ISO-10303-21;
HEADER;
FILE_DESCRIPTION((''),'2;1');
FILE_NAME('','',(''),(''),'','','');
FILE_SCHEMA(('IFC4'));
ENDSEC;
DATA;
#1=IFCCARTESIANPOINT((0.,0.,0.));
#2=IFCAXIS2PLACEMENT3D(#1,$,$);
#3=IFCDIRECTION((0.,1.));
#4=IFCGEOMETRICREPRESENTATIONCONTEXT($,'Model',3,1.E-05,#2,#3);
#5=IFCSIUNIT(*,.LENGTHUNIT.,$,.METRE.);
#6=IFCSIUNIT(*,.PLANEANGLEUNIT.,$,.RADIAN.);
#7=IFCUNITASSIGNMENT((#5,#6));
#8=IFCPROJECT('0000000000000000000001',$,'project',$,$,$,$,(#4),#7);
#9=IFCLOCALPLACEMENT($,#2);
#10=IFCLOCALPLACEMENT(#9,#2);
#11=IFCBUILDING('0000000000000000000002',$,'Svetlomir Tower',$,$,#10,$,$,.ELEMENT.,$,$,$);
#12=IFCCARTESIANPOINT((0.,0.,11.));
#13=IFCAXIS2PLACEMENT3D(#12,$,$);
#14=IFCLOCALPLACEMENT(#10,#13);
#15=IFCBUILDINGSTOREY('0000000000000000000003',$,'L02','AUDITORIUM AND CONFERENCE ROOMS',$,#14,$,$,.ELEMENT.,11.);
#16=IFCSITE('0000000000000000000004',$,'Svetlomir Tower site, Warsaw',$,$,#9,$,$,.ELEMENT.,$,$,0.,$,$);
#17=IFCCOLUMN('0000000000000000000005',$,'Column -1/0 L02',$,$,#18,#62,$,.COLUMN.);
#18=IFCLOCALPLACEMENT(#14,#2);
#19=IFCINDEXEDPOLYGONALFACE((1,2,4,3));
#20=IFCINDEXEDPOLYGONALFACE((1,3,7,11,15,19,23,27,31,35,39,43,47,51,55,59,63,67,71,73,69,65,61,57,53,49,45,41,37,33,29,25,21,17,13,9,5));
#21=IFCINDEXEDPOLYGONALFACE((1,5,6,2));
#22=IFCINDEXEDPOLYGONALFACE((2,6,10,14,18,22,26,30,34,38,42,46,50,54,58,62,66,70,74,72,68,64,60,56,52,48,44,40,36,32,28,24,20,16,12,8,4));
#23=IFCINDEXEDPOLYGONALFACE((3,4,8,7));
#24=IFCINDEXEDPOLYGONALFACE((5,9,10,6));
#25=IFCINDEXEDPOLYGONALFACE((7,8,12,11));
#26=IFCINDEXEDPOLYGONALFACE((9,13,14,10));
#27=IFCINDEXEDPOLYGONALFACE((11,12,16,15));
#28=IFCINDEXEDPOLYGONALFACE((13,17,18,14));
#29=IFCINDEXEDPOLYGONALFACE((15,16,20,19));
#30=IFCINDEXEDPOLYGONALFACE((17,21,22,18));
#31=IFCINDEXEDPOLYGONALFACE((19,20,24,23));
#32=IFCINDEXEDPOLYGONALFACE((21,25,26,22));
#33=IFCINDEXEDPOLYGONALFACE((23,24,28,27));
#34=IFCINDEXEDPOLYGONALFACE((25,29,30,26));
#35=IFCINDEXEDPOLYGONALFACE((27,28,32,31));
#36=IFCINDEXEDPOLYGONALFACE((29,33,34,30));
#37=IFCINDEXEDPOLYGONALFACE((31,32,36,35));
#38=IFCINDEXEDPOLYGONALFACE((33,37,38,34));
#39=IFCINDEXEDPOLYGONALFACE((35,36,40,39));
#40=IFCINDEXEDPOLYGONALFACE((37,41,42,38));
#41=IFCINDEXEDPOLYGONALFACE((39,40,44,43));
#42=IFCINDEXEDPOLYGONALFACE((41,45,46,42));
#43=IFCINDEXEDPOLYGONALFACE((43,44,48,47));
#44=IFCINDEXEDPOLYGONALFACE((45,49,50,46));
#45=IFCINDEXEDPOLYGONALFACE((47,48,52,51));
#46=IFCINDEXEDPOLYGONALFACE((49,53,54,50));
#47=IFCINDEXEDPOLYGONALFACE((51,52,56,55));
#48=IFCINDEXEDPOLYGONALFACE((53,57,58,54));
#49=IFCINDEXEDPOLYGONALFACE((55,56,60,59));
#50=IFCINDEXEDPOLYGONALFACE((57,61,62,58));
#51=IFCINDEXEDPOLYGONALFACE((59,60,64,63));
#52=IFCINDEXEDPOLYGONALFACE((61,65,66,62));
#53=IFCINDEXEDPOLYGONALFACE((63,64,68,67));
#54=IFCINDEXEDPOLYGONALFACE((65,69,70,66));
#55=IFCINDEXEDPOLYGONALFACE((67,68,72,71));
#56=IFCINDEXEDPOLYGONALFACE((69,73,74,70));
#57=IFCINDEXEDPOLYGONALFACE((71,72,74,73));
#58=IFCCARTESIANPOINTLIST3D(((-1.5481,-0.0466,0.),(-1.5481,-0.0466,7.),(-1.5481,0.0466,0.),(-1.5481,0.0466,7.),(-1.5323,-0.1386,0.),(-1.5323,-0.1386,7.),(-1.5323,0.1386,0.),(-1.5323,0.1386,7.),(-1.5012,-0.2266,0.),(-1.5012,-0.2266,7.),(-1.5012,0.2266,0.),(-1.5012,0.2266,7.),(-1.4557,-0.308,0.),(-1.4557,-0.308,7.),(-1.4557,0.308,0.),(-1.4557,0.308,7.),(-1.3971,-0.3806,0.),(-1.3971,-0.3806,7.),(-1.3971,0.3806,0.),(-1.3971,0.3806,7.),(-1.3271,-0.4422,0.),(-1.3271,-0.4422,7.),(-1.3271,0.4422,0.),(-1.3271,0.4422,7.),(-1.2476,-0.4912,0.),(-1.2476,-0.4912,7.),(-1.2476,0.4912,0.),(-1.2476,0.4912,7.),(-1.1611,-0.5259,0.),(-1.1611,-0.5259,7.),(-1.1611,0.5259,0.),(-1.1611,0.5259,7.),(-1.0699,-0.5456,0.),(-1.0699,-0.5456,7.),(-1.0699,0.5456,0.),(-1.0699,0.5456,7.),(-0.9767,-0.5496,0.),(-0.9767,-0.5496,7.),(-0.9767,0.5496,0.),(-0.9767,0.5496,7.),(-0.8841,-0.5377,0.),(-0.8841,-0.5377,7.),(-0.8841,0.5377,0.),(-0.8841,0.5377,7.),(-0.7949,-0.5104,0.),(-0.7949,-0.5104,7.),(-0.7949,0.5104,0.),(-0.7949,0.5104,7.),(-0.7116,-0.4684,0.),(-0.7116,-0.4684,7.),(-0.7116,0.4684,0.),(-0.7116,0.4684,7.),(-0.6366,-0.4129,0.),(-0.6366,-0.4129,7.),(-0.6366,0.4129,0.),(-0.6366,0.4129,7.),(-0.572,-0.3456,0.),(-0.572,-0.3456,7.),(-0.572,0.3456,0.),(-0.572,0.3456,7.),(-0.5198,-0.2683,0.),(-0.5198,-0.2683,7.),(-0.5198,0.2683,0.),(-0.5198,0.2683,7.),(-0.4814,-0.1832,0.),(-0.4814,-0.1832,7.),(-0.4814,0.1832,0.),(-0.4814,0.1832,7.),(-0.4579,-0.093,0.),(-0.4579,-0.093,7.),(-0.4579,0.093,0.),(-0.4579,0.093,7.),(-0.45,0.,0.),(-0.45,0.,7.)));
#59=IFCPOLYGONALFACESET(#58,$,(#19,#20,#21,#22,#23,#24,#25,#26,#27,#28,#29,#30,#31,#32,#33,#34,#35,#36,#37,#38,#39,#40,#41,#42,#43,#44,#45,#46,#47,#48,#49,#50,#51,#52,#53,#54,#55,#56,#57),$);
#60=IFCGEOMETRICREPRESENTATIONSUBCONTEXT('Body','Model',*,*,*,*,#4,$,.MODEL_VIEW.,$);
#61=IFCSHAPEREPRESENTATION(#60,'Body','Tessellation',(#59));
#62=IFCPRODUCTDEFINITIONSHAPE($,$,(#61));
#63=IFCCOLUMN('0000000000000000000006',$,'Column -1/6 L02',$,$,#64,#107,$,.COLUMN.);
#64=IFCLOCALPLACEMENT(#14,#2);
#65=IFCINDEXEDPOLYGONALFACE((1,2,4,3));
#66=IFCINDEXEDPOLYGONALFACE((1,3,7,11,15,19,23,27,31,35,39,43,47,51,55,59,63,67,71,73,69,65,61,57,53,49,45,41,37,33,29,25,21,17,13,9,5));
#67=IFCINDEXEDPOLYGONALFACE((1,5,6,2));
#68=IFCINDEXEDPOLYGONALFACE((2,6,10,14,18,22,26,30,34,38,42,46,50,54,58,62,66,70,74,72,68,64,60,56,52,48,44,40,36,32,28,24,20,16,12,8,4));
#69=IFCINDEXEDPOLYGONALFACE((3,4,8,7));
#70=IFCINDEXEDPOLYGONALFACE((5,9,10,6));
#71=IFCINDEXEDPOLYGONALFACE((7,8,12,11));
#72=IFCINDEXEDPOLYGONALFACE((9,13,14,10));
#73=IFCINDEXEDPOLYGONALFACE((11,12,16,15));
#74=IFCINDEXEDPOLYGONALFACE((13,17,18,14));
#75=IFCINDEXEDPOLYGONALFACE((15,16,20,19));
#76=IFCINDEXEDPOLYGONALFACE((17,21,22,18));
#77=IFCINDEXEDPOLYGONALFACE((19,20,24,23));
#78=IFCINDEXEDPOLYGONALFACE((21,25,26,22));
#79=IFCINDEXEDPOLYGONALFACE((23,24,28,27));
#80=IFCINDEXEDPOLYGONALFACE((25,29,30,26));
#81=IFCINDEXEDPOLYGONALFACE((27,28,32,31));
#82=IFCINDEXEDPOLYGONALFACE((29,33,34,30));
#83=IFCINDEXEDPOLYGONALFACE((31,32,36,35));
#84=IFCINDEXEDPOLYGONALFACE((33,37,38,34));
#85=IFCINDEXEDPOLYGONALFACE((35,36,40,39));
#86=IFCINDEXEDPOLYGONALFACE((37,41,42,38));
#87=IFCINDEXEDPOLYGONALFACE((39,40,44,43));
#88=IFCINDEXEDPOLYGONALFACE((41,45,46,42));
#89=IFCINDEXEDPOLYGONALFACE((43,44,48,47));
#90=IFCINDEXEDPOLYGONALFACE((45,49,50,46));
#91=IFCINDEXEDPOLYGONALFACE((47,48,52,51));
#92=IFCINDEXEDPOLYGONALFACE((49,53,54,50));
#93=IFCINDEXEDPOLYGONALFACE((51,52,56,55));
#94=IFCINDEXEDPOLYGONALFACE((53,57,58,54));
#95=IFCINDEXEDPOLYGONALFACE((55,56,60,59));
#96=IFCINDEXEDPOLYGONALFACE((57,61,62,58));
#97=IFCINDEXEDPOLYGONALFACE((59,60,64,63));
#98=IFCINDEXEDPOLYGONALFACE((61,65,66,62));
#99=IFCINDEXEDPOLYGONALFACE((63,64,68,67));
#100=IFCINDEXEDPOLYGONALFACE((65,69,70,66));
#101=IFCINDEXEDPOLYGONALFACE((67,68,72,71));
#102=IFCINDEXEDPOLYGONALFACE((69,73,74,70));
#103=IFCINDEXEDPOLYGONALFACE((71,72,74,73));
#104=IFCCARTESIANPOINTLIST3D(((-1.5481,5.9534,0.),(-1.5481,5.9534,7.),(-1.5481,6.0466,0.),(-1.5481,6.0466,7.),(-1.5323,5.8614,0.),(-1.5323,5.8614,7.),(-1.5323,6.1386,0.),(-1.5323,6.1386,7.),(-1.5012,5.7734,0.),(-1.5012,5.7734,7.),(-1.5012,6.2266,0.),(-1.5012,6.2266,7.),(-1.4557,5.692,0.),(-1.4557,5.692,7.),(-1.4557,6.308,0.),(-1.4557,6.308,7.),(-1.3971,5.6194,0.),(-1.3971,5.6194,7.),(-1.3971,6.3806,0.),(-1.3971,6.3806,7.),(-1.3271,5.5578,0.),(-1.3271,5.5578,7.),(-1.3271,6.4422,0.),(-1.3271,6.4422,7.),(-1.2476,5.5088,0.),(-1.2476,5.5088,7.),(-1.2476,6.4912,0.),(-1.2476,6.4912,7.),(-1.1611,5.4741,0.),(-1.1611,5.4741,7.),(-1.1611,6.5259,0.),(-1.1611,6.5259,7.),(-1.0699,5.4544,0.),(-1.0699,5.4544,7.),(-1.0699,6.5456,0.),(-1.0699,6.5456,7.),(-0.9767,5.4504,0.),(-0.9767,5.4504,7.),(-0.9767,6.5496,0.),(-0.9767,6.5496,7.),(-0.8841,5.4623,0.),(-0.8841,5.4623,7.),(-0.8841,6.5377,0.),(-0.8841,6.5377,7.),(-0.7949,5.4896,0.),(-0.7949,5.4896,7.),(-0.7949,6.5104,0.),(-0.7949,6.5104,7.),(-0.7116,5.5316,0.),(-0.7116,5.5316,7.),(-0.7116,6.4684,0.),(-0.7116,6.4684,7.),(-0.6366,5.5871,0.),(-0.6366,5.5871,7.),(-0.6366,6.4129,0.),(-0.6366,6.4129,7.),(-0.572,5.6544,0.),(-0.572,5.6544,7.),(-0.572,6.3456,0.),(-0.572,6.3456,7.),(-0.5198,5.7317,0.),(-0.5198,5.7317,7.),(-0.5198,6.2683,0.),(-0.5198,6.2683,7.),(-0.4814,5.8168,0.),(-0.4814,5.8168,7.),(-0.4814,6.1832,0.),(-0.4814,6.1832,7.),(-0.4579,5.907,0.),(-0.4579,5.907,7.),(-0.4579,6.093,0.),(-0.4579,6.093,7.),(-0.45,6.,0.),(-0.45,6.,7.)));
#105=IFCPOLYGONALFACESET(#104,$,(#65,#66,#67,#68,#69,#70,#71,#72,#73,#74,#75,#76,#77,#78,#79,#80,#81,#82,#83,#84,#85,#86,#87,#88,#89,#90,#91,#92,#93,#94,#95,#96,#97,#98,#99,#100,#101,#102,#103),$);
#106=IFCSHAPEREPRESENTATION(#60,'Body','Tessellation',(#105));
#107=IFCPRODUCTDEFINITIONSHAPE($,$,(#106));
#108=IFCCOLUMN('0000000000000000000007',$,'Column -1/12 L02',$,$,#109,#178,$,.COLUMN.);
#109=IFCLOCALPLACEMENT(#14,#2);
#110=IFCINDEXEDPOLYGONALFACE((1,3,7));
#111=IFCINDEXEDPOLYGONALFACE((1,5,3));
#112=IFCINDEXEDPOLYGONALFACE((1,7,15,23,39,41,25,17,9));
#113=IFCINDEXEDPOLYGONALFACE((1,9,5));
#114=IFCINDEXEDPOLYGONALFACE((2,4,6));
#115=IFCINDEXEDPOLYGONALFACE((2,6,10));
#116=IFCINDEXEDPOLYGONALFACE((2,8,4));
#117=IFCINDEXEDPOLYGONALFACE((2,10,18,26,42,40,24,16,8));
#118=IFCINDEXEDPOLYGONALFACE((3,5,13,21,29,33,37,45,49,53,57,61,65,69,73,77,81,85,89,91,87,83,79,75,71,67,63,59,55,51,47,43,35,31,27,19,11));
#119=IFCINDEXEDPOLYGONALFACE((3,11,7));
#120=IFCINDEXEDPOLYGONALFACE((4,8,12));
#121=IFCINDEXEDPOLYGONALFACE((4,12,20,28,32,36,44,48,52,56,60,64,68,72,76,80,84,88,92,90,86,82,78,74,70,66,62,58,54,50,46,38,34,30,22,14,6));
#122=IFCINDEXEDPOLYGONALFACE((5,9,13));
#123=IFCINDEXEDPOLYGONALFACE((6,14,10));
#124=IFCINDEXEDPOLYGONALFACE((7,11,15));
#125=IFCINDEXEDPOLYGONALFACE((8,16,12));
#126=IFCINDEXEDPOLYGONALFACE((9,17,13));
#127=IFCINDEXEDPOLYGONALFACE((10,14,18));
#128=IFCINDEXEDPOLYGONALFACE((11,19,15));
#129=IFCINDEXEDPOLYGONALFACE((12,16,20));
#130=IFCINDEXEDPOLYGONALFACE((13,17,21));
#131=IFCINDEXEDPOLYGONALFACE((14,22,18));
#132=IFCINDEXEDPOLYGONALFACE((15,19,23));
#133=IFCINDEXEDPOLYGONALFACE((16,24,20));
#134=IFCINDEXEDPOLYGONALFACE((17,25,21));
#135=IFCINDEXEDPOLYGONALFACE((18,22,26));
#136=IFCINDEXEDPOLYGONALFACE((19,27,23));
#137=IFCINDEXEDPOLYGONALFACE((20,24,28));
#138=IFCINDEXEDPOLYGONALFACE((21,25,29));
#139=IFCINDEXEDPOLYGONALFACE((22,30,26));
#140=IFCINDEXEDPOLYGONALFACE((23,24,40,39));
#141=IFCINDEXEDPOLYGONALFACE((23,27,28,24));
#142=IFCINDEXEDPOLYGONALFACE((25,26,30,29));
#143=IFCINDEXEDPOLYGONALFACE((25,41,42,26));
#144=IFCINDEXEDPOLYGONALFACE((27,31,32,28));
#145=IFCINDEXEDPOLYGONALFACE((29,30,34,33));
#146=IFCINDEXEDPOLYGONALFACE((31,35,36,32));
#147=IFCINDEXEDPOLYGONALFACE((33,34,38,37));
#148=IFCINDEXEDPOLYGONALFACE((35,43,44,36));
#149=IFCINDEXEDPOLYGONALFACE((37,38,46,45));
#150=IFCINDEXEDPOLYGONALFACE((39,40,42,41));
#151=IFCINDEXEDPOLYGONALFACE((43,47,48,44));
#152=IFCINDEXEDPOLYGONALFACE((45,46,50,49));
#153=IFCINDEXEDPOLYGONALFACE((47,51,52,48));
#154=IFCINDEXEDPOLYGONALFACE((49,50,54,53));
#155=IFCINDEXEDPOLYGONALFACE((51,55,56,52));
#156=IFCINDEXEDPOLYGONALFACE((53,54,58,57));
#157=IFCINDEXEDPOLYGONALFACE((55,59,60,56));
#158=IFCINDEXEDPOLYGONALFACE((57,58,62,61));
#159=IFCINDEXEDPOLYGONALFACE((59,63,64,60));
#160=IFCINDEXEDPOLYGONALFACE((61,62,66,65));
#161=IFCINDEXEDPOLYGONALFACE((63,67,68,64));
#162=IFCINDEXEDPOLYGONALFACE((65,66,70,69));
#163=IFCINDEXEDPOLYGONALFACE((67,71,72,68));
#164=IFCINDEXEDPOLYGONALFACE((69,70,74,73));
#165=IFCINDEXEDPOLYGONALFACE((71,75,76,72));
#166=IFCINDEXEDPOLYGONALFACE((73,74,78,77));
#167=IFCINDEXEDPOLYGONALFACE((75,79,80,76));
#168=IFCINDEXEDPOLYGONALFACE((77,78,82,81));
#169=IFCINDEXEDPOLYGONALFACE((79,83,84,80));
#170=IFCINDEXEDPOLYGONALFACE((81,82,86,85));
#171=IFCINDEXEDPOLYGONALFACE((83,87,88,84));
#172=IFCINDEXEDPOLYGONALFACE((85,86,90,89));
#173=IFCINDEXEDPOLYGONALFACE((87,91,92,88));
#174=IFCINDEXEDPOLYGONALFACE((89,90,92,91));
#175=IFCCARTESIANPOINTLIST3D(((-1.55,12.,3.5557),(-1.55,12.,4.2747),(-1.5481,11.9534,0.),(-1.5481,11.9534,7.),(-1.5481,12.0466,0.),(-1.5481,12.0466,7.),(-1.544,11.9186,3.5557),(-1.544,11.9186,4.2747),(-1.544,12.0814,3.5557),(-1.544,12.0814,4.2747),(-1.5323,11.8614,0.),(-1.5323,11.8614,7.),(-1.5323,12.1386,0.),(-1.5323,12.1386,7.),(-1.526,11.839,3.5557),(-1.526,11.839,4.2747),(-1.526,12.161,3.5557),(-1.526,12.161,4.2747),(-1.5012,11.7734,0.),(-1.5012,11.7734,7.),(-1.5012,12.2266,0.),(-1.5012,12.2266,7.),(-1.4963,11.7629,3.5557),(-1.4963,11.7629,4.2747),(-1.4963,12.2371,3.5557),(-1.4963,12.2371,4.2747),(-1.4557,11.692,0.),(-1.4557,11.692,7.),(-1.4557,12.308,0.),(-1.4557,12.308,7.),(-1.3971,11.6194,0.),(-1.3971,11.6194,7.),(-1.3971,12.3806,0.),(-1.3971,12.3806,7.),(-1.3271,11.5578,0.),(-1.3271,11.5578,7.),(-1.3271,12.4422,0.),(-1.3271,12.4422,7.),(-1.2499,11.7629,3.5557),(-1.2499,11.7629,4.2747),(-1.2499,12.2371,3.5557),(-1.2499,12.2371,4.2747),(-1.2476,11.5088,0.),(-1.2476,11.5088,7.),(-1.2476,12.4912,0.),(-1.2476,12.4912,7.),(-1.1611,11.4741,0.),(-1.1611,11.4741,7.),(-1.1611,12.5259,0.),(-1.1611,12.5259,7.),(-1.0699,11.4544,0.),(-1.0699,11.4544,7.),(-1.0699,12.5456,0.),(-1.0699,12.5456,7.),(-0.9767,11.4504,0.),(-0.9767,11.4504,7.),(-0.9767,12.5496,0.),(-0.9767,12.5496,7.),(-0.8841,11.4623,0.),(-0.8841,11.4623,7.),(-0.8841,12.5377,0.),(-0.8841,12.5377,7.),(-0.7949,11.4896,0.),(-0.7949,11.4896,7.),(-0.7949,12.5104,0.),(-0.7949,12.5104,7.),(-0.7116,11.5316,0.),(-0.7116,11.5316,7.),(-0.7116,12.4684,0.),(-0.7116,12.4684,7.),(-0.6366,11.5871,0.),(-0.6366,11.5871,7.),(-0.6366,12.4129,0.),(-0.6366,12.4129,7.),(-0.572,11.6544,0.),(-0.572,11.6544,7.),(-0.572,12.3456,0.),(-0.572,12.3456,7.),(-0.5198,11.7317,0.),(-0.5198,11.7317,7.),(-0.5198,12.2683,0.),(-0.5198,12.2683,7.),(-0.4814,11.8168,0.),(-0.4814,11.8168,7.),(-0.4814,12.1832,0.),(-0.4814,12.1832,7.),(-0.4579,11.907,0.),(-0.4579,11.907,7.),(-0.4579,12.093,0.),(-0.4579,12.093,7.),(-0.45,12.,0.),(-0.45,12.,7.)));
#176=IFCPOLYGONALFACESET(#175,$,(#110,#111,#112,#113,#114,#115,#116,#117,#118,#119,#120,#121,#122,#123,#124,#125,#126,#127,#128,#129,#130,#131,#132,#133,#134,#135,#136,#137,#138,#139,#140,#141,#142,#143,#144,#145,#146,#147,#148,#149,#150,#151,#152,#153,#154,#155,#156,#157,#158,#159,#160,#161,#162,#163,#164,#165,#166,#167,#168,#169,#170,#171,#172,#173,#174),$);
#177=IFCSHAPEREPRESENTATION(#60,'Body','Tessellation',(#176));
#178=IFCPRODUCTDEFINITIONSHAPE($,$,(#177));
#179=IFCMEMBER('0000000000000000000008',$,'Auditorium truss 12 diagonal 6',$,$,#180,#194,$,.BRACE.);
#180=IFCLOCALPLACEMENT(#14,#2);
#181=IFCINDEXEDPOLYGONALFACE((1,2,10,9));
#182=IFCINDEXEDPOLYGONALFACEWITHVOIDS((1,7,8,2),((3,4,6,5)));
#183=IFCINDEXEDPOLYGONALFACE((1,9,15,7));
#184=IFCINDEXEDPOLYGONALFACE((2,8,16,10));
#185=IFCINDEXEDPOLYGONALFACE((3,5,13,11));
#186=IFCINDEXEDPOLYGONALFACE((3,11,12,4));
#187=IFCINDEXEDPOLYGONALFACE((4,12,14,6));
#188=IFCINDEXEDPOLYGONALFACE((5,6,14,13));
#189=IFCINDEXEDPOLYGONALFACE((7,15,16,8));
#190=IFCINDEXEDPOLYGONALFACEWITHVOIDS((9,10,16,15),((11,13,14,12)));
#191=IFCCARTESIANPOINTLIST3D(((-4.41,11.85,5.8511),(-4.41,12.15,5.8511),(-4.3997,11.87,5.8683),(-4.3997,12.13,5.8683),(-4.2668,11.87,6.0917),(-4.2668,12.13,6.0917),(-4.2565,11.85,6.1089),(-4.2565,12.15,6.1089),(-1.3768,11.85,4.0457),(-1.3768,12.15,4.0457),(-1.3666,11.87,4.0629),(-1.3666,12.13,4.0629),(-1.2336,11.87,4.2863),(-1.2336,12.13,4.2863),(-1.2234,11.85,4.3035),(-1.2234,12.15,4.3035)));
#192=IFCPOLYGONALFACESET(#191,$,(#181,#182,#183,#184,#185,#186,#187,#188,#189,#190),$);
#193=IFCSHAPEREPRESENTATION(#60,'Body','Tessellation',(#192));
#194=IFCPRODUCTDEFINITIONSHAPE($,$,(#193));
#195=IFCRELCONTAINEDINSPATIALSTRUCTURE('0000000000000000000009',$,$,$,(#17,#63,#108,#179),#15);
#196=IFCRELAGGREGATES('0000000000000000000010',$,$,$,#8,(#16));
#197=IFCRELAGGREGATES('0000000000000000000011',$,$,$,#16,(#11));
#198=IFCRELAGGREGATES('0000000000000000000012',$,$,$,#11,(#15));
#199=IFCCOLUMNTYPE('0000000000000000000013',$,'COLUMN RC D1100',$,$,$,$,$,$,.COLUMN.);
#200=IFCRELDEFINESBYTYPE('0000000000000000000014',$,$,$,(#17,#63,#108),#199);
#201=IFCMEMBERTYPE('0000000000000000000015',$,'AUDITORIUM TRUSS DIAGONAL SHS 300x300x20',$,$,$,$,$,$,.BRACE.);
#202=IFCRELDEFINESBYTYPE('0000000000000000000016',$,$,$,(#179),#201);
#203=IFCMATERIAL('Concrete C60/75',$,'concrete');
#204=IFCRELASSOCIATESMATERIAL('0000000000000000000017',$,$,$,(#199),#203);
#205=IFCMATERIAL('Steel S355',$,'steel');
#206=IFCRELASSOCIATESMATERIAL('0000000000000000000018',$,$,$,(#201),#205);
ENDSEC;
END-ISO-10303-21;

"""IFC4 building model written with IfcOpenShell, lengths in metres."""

from ifc_helpers import new_model, si_unit, direction, frame, origin, origin_2d, place, context, subcontext, project, spatial, rectangle, hollow_rectangle, circle, extrude, material, material_profile, profile_set, type_object, element, save


model = new_model("IFC4")

# Units and contexts
model_context = context("Model", 3, precision=1e-05, world=origin(), true_north=direction((0.0, 1.0)))
body_context = subcontext(model_context, "Body", "Model", "MODEL_VIEW")
ifc_project = project(units=[si_unit("LENGTHUNIT", "METRE"), si_unit("PLANEANGLEUNIT", "RADIAN")], contexts=[model_context])

# Site, building, storey
site_placement = place(None, origin())
site = spatial("IfcSite", under=ifc_project, at=site_placement, Name="Svetlomir Tower site, Warsaw", CompositionType="ELEMENT", RefElevation=0.0)
building_placement = place(site_placement, origin())
building = spatial("IfcBuilding", under=site, at=building_placement, Name="Svetlomir Tower", CompositionType="ELEMENT")
storey_placement = place(building_placement, frame((0.0, 0.0, 11.0)))
storey = spatial("IfcBuildingStorey", under=building, at=storey_placement, Name="L02", Description="AUDITORIUM AND CONFERENCE ROOMS", CompositionType="ELEMENT", Elevation=11.0)

# Columns
ifc_material_1 = material(Name="Concrete C60/75", Category="concrete")
ifc_material_profile_1 = material_profile(ifc_material_1, circle(Radius=0.55, at=origin_2d()), Name="RC D1100")
ifc_profile_set_1 = profile_set([ifc_material_profile_1], Name="Concrete C60/75")
column_type = type_object("IfcColumnType", Name="COLUMN RC D1100", PredefinedType="COLUMN", material=ifc_profile_set_1)
for number, where, z_axis, x_axis, name in (
    (1, (-1.0, 0.0, 0.0), (0.0, 0.0, 1.0), (1.0, 0.0, 0.0), "Column -1/0 L02"),
    (2, (-1.0, 6.0, 0.0), (0.0, 0.0, 1.0), (1.0, 0.0, 0.0), "Column -1/6 L02"),
):
    element("IfcColumn", number, at=place(storey_placement, frame(where, z_axis=z_axis, x_axis=x_axis)), inside=storey, type_object=column_type, Name=name, PredefinedType="COLUMN", context=body_context, shape_type="SweptSolid", body=[
        extrude(circle(Radius=0.55, at=origin_2d()), origin(), (0.0, 0.0, 1.0), 7.0),
    ])

# Column, opening
column_placement = place(storey_placement, frame((-1.0, 12.0, 0.0), z_axis=(0.0, 0.0, 1.0), x_axis=(1.0, 0.0, 0.0)))
column = element("IfcColumn", 3, at=column_placement, inside=storey, type_object=column_type, Name="Column -1/12 L02", PredefinedType="COLUMN", context=body_context, shape_type="SweptSolid", body=[
    extrude(circle(Radius=0.55, at=origin_2d()), origin(), (0.0, 0.0, 1.0), 7.0),
])
opening_placement = place(storey_placement, frame((-1.4099, 12.0, 3.5557), z_axis=(0.0, 0.0, 1.0), x_axis=(1.0, 0.0, 0.0)))
element("IfcOpeningElement", 4, at=opening_placement, cuts=column, PredefinedType="RECESS", context=body_context, shape_type="SweptSolid", body=[
    extrude(rectangle(XDim=0.3201, YDim=0.4741, at=origin_2d()), origin(), (0.0, 0.0, 1.0), 0.719),
])

# Member
ifc_material_2 = material(Name="Steel S355", Category="steel")
ifc_material_profile_2 = material_profile(ifc_material_2, hollow_rectangle(XDim=0.3, YDim=0.3, WallThickness=0.02, at=origin_2d()), Name="SHS 300x300x20")
ifc_profile_set_2 = profile_set([ifc_material_profile_2], Name="Steel S355")
member_type_1 = type_object("IfcMemberType", Name="AUDITORIUM TRUSS DIAGONAL SHS 300x300x20", PredefinedType="BRACE", material=ifc_profile_set_2)
member_1_placement = place(storey_placement, frame((-4.3333, 12.0, 5.98), z_axis=(0.8593, 0.0, -0.511472), x_axis=(0.0, 1.0, 0.0)))
element("IfcMember", 5, at=member_1_placement, inside=storey, type_object=member_type_1, Name="Auditorium truss 12 diagonal 6", PredefinedType="BRACE", context=body_context, shape_type="SweptSolid", body=[
    extrude(hollow_rectangle(XDim=0.3, YDim=0.3, WallThickness=0.02, at=origin_2d()), origin(), (0.0, 0.0, 1.0), 3.5298),
])

save(model, "model.ifc")
